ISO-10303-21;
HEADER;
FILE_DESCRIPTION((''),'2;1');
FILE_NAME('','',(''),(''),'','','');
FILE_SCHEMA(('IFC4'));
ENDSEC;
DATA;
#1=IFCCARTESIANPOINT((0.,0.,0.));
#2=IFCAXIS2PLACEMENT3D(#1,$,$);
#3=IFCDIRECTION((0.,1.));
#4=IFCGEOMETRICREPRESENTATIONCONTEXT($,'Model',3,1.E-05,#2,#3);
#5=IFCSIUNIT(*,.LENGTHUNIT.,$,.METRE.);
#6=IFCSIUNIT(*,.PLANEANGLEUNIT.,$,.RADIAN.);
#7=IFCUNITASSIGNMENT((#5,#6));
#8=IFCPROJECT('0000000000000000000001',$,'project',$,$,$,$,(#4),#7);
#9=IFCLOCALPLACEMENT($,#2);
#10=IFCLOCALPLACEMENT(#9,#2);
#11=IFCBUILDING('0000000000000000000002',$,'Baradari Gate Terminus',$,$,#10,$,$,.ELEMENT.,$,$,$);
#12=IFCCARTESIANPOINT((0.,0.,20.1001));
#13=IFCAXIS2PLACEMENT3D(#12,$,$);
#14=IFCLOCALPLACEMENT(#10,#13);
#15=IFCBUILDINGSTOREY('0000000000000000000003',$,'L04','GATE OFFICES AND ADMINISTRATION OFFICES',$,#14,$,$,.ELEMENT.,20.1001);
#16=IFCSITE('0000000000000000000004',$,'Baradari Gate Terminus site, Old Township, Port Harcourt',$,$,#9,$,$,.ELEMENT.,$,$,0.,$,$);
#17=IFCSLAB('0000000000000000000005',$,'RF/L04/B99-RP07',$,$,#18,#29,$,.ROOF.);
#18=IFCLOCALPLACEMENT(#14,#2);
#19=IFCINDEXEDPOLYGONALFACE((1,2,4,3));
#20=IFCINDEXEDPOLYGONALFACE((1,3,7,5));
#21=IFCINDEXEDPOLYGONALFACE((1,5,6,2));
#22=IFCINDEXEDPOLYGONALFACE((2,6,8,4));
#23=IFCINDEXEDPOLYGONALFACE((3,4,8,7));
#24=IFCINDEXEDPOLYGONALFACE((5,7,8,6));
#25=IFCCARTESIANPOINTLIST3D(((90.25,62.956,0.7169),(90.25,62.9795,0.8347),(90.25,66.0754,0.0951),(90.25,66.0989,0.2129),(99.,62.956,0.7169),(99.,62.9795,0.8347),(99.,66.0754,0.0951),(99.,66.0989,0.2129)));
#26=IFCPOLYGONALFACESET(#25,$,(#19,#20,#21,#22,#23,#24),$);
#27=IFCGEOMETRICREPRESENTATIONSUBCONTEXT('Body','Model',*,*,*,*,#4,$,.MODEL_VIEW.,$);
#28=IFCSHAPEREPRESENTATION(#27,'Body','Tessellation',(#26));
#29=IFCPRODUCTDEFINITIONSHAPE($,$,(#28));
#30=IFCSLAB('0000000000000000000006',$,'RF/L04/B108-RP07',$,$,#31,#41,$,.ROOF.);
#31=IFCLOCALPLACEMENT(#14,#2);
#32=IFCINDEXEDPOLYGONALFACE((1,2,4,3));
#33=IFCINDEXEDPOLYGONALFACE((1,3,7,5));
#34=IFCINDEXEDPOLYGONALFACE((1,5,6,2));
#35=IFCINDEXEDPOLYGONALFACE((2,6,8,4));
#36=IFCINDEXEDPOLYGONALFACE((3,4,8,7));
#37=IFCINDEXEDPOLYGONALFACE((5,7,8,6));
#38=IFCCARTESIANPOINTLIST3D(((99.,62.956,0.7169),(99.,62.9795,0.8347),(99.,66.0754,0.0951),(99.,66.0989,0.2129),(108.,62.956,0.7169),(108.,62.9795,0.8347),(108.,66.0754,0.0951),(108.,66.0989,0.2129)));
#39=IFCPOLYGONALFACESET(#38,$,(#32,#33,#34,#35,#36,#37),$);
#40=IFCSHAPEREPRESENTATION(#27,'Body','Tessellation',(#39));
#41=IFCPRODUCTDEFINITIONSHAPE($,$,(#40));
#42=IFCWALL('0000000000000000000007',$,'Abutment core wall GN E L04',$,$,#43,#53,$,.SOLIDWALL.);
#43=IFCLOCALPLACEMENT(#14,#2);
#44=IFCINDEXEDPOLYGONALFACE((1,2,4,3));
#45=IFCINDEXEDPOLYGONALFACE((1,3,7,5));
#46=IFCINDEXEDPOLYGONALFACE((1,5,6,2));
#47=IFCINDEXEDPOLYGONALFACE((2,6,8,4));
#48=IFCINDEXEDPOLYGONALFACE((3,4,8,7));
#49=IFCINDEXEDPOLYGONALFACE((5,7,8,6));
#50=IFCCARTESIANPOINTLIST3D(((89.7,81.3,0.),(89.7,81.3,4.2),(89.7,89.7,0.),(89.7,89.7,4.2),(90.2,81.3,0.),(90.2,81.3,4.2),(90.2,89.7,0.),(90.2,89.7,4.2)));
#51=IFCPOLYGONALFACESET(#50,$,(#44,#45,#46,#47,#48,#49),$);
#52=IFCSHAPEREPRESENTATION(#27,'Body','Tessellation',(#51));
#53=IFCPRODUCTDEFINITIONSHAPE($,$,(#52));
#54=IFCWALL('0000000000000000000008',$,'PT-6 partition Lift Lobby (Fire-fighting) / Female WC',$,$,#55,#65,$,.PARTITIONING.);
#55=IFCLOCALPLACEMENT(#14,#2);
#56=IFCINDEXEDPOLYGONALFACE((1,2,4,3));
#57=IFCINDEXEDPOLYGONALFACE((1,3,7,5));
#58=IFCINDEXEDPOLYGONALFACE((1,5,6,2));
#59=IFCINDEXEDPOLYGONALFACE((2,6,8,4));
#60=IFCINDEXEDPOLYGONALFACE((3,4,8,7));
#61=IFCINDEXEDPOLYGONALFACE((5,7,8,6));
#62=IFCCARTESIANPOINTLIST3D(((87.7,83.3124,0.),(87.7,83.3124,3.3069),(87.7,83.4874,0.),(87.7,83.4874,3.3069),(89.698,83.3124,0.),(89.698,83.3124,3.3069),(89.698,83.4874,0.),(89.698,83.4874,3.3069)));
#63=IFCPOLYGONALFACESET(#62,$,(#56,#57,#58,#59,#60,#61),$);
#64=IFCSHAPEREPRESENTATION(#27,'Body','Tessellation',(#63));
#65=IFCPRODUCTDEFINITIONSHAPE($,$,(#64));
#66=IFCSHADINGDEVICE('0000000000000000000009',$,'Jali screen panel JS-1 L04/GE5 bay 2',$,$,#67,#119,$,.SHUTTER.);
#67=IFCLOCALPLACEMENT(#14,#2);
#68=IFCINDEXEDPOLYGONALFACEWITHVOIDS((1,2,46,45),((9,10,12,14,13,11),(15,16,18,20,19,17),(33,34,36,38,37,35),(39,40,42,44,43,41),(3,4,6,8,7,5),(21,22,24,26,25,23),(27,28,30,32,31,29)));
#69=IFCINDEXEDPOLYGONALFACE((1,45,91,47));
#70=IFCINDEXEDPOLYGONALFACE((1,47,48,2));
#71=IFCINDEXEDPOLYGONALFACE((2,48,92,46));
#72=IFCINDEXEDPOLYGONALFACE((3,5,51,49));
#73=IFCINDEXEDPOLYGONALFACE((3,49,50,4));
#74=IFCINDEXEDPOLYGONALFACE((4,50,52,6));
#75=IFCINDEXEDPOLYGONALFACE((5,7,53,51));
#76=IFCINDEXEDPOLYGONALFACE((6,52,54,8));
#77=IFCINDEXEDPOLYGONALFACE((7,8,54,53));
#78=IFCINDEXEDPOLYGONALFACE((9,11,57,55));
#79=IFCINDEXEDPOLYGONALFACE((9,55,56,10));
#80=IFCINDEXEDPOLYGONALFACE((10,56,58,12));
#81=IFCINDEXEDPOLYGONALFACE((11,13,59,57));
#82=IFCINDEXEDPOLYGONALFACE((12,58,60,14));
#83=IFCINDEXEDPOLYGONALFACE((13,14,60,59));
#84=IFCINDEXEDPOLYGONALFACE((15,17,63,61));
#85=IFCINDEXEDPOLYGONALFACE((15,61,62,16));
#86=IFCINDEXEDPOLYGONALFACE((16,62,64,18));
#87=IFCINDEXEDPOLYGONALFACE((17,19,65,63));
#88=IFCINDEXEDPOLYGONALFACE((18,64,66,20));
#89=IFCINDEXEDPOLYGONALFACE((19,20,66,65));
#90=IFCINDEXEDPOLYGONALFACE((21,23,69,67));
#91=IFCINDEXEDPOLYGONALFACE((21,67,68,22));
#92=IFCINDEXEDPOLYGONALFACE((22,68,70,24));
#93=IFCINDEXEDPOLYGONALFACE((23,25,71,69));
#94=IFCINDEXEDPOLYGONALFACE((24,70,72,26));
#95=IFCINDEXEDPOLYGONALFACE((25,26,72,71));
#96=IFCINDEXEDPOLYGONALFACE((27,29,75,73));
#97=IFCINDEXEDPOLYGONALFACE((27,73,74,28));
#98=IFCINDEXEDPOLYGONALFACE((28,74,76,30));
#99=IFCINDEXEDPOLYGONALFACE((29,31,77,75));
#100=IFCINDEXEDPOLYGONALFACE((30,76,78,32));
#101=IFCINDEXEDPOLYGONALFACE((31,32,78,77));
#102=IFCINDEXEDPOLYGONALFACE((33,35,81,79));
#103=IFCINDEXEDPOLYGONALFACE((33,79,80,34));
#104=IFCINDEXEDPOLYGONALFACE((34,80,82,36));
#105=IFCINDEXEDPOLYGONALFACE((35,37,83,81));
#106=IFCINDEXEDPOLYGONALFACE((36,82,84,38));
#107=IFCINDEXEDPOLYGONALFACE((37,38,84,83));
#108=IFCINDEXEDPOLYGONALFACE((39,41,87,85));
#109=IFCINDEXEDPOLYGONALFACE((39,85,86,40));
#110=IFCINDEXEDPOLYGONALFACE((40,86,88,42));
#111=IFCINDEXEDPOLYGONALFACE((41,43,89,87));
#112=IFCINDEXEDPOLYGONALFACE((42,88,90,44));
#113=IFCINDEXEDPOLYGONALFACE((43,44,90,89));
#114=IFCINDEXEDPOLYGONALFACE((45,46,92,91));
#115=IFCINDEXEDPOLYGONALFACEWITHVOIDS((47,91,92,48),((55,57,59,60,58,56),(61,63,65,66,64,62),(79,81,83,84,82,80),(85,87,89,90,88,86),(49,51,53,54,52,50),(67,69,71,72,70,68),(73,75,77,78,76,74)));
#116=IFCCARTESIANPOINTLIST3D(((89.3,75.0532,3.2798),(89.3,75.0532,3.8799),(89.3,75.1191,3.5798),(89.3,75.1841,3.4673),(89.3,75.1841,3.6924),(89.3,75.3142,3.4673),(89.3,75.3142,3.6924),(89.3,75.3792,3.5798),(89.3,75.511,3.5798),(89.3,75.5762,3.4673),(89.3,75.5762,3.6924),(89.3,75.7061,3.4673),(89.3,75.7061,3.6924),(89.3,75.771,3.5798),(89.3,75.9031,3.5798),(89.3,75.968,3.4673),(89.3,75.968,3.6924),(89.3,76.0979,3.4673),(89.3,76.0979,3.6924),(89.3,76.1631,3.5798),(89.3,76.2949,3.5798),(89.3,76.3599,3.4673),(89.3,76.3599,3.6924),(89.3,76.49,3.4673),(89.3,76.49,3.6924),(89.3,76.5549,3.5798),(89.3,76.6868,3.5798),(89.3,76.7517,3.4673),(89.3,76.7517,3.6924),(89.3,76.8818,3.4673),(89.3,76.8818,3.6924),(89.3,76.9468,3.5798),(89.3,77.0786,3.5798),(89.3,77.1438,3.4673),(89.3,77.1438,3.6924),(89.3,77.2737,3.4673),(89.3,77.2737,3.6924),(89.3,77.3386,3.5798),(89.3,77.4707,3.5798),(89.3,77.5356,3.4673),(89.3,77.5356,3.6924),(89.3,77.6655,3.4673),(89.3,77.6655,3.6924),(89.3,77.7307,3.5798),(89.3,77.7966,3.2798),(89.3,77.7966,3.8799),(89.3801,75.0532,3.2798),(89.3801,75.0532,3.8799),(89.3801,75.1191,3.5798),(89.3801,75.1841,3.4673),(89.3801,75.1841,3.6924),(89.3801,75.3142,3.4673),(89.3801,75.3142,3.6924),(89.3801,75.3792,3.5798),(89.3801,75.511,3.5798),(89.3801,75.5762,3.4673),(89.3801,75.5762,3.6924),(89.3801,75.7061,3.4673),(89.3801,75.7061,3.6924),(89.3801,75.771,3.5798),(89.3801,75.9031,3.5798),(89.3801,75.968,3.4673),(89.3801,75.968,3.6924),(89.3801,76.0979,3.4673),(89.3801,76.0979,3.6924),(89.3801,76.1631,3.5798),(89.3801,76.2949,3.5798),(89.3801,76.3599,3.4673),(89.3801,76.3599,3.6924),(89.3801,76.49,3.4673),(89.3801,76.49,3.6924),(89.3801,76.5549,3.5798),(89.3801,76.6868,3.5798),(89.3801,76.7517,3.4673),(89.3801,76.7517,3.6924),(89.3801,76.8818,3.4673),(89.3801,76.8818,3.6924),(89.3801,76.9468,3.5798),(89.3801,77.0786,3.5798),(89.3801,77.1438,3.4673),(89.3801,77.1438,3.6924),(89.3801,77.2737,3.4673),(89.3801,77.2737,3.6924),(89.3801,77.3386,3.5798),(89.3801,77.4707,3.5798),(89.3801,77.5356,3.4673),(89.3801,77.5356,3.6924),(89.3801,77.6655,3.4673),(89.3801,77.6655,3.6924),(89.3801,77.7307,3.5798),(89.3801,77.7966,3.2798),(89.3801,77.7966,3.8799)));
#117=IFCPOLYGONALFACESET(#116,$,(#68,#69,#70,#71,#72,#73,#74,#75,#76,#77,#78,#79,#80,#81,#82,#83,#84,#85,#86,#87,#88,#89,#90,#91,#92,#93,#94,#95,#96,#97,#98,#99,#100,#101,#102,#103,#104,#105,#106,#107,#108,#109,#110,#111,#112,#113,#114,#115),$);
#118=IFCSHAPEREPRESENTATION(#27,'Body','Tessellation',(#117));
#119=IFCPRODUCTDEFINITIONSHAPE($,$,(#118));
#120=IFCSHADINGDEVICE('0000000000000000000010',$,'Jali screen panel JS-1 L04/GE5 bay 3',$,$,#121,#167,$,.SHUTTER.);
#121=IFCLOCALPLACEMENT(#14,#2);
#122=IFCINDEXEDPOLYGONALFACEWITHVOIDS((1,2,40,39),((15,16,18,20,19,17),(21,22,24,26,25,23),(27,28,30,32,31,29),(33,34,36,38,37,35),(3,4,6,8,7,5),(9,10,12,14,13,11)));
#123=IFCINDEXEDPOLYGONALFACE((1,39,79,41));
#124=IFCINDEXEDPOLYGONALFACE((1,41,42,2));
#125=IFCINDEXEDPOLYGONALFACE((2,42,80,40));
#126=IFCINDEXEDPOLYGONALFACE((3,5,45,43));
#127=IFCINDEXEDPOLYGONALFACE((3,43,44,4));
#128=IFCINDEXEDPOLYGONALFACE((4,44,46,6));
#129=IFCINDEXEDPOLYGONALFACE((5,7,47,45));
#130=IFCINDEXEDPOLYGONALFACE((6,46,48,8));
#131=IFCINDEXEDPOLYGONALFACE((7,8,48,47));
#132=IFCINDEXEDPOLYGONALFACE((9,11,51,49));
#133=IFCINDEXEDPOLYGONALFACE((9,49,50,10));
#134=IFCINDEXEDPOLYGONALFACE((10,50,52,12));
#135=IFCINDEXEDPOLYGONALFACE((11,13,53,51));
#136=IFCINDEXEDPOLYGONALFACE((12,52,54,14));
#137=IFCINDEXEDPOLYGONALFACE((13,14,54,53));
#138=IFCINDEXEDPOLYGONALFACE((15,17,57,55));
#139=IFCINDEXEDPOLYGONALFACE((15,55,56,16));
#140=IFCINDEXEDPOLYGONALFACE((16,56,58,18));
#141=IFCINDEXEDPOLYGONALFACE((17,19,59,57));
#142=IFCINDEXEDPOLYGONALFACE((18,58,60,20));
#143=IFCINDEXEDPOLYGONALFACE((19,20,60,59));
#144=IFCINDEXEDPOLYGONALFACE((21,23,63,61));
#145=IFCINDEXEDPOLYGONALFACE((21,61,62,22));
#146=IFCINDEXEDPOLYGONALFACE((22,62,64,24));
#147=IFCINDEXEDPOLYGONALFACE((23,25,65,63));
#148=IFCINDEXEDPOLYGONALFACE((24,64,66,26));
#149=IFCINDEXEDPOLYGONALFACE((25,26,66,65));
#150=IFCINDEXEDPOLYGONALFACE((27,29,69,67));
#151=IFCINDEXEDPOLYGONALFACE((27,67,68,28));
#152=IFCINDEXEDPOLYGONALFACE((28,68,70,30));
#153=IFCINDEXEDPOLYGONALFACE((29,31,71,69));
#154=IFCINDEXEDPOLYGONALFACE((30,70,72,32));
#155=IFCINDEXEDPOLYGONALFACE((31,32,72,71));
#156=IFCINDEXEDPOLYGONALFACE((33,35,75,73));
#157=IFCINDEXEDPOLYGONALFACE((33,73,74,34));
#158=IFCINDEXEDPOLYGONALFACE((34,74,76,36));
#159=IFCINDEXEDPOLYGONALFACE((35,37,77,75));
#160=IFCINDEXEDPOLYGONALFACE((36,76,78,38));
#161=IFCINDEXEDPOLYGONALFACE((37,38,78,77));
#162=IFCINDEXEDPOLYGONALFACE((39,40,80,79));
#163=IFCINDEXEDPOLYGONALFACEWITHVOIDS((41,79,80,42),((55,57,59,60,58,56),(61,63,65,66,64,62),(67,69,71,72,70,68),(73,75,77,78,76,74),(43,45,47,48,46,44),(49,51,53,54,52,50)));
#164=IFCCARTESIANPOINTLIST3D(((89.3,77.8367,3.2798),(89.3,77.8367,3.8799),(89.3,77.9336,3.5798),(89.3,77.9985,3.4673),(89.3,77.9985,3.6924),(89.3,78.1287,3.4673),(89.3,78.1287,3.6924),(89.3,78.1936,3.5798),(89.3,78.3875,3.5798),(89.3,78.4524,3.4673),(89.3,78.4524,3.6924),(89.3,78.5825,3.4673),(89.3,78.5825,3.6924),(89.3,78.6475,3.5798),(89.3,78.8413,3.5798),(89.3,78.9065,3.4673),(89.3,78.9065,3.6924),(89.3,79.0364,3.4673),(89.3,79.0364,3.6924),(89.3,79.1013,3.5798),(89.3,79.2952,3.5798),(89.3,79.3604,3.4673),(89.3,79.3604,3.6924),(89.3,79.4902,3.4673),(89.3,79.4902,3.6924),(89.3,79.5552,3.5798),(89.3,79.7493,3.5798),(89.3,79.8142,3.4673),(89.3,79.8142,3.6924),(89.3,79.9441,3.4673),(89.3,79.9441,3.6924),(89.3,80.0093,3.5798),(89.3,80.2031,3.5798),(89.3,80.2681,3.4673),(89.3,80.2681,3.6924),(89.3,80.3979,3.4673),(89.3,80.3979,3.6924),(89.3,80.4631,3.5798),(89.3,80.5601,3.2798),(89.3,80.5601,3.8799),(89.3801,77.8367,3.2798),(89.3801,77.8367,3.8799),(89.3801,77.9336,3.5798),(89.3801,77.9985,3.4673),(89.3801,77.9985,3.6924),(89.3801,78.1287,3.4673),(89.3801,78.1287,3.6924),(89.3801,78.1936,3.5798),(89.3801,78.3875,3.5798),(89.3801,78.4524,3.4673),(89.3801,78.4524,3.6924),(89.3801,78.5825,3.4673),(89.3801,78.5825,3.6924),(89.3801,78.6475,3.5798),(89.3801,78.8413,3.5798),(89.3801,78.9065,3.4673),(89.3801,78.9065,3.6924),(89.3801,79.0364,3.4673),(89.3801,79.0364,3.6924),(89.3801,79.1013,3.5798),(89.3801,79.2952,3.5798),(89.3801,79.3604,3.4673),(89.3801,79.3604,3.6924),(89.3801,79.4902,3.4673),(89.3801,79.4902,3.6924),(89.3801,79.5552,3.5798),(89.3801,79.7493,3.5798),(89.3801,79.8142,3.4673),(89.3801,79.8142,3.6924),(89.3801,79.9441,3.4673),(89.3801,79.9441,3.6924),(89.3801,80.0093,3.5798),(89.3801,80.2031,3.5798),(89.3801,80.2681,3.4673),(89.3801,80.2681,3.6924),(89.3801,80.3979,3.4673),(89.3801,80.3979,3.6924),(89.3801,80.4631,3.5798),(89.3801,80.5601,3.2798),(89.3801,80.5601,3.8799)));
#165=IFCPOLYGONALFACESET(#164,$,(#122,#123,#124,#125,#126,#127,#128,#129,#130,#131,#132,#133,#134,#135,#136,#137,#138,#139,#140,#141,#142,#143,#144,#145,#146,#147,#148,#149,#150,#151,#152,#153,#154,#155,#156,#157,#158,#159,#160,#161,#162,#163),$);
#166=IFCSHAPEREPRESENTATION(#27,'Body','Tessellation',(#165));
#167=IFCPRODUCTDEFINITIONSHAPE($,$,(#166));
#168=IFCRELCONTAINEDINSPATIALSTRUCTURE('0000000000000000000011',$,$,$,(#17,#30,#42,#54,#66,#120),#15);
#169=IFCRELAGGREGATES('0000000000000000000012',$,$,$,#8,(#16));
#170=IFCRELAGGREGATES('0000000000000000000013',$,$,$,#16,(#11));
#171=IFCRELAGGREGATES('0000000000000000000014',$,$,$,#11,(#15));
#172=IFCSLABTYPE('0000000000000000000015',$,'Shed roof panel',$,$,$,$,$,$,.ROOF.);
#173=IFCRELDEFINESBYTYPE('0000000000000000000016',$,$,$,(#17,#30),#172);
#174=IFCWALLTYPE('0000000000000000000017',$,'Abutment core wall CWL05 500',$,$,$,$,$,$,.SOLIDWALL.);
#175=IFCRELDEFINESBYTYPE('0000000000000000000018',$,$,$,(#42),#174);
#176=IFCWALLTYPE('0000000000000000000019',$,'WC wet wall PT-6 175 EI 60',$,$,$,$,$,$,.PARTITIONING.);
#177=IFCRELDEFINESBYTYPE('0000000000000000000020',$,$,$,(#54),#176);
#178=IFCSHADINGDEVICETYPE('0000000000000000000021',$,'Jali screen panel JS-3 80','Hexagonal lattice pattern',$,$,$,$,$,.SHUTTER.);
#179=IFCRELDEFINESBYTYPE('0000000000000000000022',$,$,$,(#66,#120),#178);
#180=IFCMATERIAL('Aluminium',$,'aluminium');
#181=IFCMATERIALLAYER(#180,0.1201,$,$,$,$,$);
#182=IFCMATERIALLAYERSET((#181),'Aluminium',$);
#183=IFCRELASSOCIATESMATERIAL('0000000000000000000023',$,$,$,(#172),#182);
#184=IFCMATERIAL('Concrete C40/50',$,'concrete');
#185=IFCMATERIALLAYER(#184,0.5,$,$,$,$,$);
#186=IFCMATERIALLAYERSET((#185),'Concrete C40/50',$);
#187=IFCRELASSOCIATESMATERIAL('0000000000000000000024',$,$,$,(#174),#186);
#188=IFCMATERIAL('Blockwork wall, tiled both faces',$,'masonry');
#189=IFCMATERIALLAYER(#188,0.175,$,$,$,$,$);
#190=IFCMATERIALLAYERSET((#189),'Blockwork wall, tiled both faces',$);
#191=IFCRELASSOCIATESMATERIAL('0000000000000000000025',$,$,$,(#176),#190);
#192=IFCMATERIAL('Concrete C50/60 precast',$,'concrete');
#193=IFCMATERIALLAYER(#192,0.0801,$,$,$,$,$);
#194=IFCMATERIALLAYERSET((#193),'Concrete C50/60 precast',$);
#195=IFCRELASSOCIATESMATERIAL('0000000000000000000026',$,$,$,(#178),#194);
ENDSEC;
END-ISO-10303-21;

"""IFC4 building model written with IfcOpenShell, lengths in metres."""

from ifc_helpers import new_model, si_unit, direction, frame, frame_2d, origin, place, context, subcontext, project, spatial, polyline, rectangle, outline, extrude, material, layer, layer_set, type_object, element, save


model = new_model("IFC4")

# Units and contexts
model_context = context("Model", 3, precision=1e-05, world=origin(), true_north=direction((0.0, 1.0)))
body_context = subcontext(model_context, "Body", "Model", "MODEL_VIEW")
ifc_project = project(units=[si_unit("LENGTHUNIT", "METRE"), si_unit("PLANEANGLEUNIT", "RADIAN")], contexts=[model_context])

# Site, building, storey
site_placement = place(None, origin())
site = spatial("IfcSite", under=ifc_project, at=site_placement, Name="Baradari Gate Terminus site, Old Township, Port Harcourt", CompositionType="ELEMENT", RefElevation=0.0)
building_placement = place(site_placement, origin())
building = spatial("IfcBuilding", under=site, at=building_placement, Name="Baradari Gate Terminus", CompositionType="ELEMENT")
storey_placement = place(building_placement, frame((0.0, 0.0, 20.1001)))
storey = spatial("IfcBuildingStorey", under=building, at=storey_placement, Name="L04", Description="GATE OFFICES AND ADMINISTRATION OFFICES", CompositionType="ELEMENT", Elevation=20.1001)

# Slabs
ifc_material_1 = material(Name="Aluminium", Category="aluminium")
ifc_layer_1 = layer(ifc_material_1, 0.1201)
ifc_layer_set_1 = layer_set([ifc_layer_1], Name="Aluminium")
slab_type = type_object("IfcSlabType", Name="Shed roof panel", PredefinedType="ROOF", material=ifc_layer_set_1)
slab_1_placement = place(storey_placement, frame((90.25, 62.9795, 0.8347), z_axis=(0.0, 0.195496, 0.980704), x_axis=(1.0, 0.0, 0.0)))
element("IfcSlab", 1, at=slab_1_placement, inside=storey, type_object=slab_type, Name="RF/L04/B99-RP07", PredefinedType="ROOF", context=body_context, shape_type="SweptSolid", body=[
    extrude(outline(polyline([(0.0, 0.0), (8.75, 0.0), (8.75, 3.1808), (0.0, 3.1808), (0.0, 0.0)])), origin(), (0.0, 0.0, -1.0), 0.1201),
])
slab_2_placement = place(storey_placement, frame((99.0, 62.9795, 0.8347), z_axis=(0.0, 0.195496, 0.980704), x_axis=(1.0, 0.0, 0.0)))
element("IfcSlab", 2, at=slab_2_placement, inside=storey, type_object=slab_type, Name="RF/L04/B108-RP07", PredefinedType="ROOF", context=body_context, shape_type="SweptSolid", body=[
    extrude(outline(polyline([(0.0, 0.0), (9.0, 0.0), (9.0, 3.1808), (0.0, 3.1808), (0.0, 0.0)])), origin(), (0.0, 0.0, -1.0), 0.1201),
])

# Walls
ifc_material_2 = material(Name="Concrete C40/50", Category="concrete")
ifc_layer_2 = layer(ifc_material_2, 0.5)
ifc_layer_set_2 = layer_set([ifc_layer_2], Name="Concrete C40/50")
wall_type_1 = type_object("IfcWallType", Name="Abutment core wall CWL05 500", PredefinedType="SOLIDWALL", material=ifc_layer_set_2)
wall_1_placement = place(storey_placement, frame((89.95, 81.3, 0.0), z_axis=(0.0, 0.0, 1.0), x_axis=(0.0, 1.0, 0.0)))
element("IfcWall", 3, at=wall_1_placement, inside=storey, type_object=wall_type_1, Name="Abutment core wall GN E L04", PredefinedType="SOLIDWALL", context=body_context, shape_type="SweptSolid", body=[
    extrude(rectangle(XDim=8.3999, YDim=0.5, at=frame_2d((4.2, 0.0))), origin(), (0.0, 0.0, 1.0), 4.2),
])
ifc_material_3 = material(Name="Blockwork wall, tiled both faces", Category="masonry")
ifc_layer_3 = layer(ifc_material_3, 0.175)
ifc_layer_set_3 = layer_set([ifc_layer_3], Name="Blockwork wall, tiled both faces")
wall_type_2 = type_object("IfcWallType", Name="WC wet wall PT-6 175 EI 60", PredefinedType="PARTITIONING", material=ifc_layer_set_3)
wall_2_placement = place(storey_placement, frame((89.698, 83.3999, 0.0), z_axis=(0.0, 0.0, 1.0), x_axis=(-1.0, 0.0, 0.0)))
element("IfcWall", 4, at=wall_2_placement, inside=storey, type_object=wall_type_2, Name="PT-6 partition Lift Lobby (Fire-fighting) / Female WC", PredefinedType="PARTITIONING", context=body_context, shape_type="SweptSolid", body=[
    extrude(rectangle(XDim=1.998, YDim=0.175, at=frame_2d((0.999, 0.0))), origin(), (0.0, 0.0, 1.0), 3.3069),
])

# Shading devices
ifc_material_4 = material(Name="Concrete C50/60 precast", Category="concrete")
ifc_layer_4 = layer(ifc_material_4, 0.0801)
ifc_layer_set_4 = layer_set([ifc_layer_4], Name="Concrete C50/60 precast")
shading_device_type = type_object("IfcShadingDeviceType", Name="Jali screen panel JS-3 80", Description="Hexagonal lattice pattern", PredefinedType="SHUTTER", material=ifc_layer_set_4)
shading_device_1_placement = place(storey_placement, frame((89.3401, 75.0532, 3.2798), z_axis=(0.0, 0.0, 1.0), x_axis=(0.0, 1.0, 0.0)))
element("IfcShadingDevice", 5, at=shading_device_1_placement, inside=storey, type_object=shading_device_type, Name="Jali screen panel JS-1 L04/GE5 bay 2", PredefinedType="SHUTTER", context=body_context, shape_type="SweptSolid", body=[
    extrude(outline(polyline([(0.0, 0.0), (2.7434, 0.0), (2.7434, 0.6001), (0.0, 0.6001), (0.0, 0.0)]), holes=[polyline([(0.3259, 0.3), (0.261, 0.1875), (0.1309, 0.1875), (0.0659, 0.3), (0.1309, 0.4126), (0.261, 0.4126), (0.3259, 0.3)]), polyline([(0.7178, 0.3), (0.6528, 0.1875), (0.5229, 0.1875), (0.4578, 0.3), (0.5229, 0.4126), (0.6528, 0.4126), (0.7178, 0.3)]), polyline([(1.1099, 0.3), (1.0447, 0.1875), (0.9148, 0.1875), (0.8499, 0.3), (0.9148, 0.4126), (1.0447, 0.4126), (1.1099, 0.3)]), polyline([(1.5017, 0.3), (1.4368, 0.1875), (1.3066, 0.1875), (1.2417, 0.3), (1.3066, 0.4126), (1.4368, 0.4126), (1.5017, 0.3)]), polyline([(1.8936, 0.3), (1.8286, 0.1875), (1.6985, 0.1875), (1.6335, 0.3), (1.6985, 0.4126), (1.8286, 0.4126), (1.8936, 0.3)]), polyline([(2.2854, 0.3), (2.2205, 0.1875), (2.0906, 0.1875), (2.0254, 0.3), (2.0906, 0.4126), (2.2205, 0.4126), (2.2854, 0.3)]), polyline([(2.6775, 0.3), (2.6123, 0.1875), (2.4824, 0.1875), (2.4175, 0.3), (2.4824, 0.4126), (2.6123, 0.4126), (2.6775, 0.3)])]), frame((0.0, 0.04, 0.0), z_axis=(0.0, -1.0, 0.0), x_axis=(1.0, 0.0, 0.0)), (0.0, 0.0, 1.0), 0.0801),
])
shading_device_2_placement = place(storey_placement, frame((89.3401, 77.8367, 3.2798), z_axis=(0.0, 0.0, 1.0), x_axis=(0.0, 1.0, 0.0)))
element("IfcShadingDevice", 6, at=shading_device_2_placement, inside=storey, type_object=shading_device_type, Name="Jali screen panel JS-1 L04/GE5 bay 3", PredefinedType="SHUTTER", context=body_context, shape_type="SweptSolid", body=[
    extrude(outline(polyline([(0.0, 0.0), (2.7234, 0.0), (2.7234, 0.6001), (0.0, 0.6001), (0.0, 0.0)]), holes=[polyline([(0.3569, 0.3), (0.292, 0.1875), (0.1619, 0.1875), (0.0969, 0.3), (0.1619, 0.4126), (0.292, 0.4126), (0.3569, 0.3)]), polyline([(0.8108, 0.3), (0.7458, 0.1875), (0.6157, 0.1875), (0.5508, 0.3), (0.6157, 0.4126), (0.7458, 0.4126), (0.8108, 0.3)]), polyline([(1.2646, 0.3), (1.1997, 0.1875), (1.0698, 0.1875), (1.0046, 0.3), (1.0698, 0.4126), (1.1997, 0.4126), (1.2646, 0.3)]), polyline([(1.7185, 0.3), (1.6536, 0.1875), (1.5237, 0.1875), (1.4585, 0.3), (1.5237, 0.4126), (1.6536, 0.4126), (1.7185, 0.3)]), polyline([(2.1726, 0.3), (2.1074, 0.1875), (1.9775, 0.1875), (1.9126, 0.3), (1.9775, 0.4126), (2.1074, 0.4126), (2.1726, 0.3)]), polyline([(2.6265, 0.3), (2.5613, 0.1875), (2.4314, 0.1875), (2.3665, 0.3), (2.4314, 0.4126), (2.5613, 0.4126), (2.6265, 0.3)])]), frame((0.0, 0.04, 0.0), z_axis=(0.0, -1.0, 0.0), x_axis=(1.0, 0.0, 0.0)), (0.0, 0.0, 1.0), 0.0801),
])

save(model, "model.ifc")
